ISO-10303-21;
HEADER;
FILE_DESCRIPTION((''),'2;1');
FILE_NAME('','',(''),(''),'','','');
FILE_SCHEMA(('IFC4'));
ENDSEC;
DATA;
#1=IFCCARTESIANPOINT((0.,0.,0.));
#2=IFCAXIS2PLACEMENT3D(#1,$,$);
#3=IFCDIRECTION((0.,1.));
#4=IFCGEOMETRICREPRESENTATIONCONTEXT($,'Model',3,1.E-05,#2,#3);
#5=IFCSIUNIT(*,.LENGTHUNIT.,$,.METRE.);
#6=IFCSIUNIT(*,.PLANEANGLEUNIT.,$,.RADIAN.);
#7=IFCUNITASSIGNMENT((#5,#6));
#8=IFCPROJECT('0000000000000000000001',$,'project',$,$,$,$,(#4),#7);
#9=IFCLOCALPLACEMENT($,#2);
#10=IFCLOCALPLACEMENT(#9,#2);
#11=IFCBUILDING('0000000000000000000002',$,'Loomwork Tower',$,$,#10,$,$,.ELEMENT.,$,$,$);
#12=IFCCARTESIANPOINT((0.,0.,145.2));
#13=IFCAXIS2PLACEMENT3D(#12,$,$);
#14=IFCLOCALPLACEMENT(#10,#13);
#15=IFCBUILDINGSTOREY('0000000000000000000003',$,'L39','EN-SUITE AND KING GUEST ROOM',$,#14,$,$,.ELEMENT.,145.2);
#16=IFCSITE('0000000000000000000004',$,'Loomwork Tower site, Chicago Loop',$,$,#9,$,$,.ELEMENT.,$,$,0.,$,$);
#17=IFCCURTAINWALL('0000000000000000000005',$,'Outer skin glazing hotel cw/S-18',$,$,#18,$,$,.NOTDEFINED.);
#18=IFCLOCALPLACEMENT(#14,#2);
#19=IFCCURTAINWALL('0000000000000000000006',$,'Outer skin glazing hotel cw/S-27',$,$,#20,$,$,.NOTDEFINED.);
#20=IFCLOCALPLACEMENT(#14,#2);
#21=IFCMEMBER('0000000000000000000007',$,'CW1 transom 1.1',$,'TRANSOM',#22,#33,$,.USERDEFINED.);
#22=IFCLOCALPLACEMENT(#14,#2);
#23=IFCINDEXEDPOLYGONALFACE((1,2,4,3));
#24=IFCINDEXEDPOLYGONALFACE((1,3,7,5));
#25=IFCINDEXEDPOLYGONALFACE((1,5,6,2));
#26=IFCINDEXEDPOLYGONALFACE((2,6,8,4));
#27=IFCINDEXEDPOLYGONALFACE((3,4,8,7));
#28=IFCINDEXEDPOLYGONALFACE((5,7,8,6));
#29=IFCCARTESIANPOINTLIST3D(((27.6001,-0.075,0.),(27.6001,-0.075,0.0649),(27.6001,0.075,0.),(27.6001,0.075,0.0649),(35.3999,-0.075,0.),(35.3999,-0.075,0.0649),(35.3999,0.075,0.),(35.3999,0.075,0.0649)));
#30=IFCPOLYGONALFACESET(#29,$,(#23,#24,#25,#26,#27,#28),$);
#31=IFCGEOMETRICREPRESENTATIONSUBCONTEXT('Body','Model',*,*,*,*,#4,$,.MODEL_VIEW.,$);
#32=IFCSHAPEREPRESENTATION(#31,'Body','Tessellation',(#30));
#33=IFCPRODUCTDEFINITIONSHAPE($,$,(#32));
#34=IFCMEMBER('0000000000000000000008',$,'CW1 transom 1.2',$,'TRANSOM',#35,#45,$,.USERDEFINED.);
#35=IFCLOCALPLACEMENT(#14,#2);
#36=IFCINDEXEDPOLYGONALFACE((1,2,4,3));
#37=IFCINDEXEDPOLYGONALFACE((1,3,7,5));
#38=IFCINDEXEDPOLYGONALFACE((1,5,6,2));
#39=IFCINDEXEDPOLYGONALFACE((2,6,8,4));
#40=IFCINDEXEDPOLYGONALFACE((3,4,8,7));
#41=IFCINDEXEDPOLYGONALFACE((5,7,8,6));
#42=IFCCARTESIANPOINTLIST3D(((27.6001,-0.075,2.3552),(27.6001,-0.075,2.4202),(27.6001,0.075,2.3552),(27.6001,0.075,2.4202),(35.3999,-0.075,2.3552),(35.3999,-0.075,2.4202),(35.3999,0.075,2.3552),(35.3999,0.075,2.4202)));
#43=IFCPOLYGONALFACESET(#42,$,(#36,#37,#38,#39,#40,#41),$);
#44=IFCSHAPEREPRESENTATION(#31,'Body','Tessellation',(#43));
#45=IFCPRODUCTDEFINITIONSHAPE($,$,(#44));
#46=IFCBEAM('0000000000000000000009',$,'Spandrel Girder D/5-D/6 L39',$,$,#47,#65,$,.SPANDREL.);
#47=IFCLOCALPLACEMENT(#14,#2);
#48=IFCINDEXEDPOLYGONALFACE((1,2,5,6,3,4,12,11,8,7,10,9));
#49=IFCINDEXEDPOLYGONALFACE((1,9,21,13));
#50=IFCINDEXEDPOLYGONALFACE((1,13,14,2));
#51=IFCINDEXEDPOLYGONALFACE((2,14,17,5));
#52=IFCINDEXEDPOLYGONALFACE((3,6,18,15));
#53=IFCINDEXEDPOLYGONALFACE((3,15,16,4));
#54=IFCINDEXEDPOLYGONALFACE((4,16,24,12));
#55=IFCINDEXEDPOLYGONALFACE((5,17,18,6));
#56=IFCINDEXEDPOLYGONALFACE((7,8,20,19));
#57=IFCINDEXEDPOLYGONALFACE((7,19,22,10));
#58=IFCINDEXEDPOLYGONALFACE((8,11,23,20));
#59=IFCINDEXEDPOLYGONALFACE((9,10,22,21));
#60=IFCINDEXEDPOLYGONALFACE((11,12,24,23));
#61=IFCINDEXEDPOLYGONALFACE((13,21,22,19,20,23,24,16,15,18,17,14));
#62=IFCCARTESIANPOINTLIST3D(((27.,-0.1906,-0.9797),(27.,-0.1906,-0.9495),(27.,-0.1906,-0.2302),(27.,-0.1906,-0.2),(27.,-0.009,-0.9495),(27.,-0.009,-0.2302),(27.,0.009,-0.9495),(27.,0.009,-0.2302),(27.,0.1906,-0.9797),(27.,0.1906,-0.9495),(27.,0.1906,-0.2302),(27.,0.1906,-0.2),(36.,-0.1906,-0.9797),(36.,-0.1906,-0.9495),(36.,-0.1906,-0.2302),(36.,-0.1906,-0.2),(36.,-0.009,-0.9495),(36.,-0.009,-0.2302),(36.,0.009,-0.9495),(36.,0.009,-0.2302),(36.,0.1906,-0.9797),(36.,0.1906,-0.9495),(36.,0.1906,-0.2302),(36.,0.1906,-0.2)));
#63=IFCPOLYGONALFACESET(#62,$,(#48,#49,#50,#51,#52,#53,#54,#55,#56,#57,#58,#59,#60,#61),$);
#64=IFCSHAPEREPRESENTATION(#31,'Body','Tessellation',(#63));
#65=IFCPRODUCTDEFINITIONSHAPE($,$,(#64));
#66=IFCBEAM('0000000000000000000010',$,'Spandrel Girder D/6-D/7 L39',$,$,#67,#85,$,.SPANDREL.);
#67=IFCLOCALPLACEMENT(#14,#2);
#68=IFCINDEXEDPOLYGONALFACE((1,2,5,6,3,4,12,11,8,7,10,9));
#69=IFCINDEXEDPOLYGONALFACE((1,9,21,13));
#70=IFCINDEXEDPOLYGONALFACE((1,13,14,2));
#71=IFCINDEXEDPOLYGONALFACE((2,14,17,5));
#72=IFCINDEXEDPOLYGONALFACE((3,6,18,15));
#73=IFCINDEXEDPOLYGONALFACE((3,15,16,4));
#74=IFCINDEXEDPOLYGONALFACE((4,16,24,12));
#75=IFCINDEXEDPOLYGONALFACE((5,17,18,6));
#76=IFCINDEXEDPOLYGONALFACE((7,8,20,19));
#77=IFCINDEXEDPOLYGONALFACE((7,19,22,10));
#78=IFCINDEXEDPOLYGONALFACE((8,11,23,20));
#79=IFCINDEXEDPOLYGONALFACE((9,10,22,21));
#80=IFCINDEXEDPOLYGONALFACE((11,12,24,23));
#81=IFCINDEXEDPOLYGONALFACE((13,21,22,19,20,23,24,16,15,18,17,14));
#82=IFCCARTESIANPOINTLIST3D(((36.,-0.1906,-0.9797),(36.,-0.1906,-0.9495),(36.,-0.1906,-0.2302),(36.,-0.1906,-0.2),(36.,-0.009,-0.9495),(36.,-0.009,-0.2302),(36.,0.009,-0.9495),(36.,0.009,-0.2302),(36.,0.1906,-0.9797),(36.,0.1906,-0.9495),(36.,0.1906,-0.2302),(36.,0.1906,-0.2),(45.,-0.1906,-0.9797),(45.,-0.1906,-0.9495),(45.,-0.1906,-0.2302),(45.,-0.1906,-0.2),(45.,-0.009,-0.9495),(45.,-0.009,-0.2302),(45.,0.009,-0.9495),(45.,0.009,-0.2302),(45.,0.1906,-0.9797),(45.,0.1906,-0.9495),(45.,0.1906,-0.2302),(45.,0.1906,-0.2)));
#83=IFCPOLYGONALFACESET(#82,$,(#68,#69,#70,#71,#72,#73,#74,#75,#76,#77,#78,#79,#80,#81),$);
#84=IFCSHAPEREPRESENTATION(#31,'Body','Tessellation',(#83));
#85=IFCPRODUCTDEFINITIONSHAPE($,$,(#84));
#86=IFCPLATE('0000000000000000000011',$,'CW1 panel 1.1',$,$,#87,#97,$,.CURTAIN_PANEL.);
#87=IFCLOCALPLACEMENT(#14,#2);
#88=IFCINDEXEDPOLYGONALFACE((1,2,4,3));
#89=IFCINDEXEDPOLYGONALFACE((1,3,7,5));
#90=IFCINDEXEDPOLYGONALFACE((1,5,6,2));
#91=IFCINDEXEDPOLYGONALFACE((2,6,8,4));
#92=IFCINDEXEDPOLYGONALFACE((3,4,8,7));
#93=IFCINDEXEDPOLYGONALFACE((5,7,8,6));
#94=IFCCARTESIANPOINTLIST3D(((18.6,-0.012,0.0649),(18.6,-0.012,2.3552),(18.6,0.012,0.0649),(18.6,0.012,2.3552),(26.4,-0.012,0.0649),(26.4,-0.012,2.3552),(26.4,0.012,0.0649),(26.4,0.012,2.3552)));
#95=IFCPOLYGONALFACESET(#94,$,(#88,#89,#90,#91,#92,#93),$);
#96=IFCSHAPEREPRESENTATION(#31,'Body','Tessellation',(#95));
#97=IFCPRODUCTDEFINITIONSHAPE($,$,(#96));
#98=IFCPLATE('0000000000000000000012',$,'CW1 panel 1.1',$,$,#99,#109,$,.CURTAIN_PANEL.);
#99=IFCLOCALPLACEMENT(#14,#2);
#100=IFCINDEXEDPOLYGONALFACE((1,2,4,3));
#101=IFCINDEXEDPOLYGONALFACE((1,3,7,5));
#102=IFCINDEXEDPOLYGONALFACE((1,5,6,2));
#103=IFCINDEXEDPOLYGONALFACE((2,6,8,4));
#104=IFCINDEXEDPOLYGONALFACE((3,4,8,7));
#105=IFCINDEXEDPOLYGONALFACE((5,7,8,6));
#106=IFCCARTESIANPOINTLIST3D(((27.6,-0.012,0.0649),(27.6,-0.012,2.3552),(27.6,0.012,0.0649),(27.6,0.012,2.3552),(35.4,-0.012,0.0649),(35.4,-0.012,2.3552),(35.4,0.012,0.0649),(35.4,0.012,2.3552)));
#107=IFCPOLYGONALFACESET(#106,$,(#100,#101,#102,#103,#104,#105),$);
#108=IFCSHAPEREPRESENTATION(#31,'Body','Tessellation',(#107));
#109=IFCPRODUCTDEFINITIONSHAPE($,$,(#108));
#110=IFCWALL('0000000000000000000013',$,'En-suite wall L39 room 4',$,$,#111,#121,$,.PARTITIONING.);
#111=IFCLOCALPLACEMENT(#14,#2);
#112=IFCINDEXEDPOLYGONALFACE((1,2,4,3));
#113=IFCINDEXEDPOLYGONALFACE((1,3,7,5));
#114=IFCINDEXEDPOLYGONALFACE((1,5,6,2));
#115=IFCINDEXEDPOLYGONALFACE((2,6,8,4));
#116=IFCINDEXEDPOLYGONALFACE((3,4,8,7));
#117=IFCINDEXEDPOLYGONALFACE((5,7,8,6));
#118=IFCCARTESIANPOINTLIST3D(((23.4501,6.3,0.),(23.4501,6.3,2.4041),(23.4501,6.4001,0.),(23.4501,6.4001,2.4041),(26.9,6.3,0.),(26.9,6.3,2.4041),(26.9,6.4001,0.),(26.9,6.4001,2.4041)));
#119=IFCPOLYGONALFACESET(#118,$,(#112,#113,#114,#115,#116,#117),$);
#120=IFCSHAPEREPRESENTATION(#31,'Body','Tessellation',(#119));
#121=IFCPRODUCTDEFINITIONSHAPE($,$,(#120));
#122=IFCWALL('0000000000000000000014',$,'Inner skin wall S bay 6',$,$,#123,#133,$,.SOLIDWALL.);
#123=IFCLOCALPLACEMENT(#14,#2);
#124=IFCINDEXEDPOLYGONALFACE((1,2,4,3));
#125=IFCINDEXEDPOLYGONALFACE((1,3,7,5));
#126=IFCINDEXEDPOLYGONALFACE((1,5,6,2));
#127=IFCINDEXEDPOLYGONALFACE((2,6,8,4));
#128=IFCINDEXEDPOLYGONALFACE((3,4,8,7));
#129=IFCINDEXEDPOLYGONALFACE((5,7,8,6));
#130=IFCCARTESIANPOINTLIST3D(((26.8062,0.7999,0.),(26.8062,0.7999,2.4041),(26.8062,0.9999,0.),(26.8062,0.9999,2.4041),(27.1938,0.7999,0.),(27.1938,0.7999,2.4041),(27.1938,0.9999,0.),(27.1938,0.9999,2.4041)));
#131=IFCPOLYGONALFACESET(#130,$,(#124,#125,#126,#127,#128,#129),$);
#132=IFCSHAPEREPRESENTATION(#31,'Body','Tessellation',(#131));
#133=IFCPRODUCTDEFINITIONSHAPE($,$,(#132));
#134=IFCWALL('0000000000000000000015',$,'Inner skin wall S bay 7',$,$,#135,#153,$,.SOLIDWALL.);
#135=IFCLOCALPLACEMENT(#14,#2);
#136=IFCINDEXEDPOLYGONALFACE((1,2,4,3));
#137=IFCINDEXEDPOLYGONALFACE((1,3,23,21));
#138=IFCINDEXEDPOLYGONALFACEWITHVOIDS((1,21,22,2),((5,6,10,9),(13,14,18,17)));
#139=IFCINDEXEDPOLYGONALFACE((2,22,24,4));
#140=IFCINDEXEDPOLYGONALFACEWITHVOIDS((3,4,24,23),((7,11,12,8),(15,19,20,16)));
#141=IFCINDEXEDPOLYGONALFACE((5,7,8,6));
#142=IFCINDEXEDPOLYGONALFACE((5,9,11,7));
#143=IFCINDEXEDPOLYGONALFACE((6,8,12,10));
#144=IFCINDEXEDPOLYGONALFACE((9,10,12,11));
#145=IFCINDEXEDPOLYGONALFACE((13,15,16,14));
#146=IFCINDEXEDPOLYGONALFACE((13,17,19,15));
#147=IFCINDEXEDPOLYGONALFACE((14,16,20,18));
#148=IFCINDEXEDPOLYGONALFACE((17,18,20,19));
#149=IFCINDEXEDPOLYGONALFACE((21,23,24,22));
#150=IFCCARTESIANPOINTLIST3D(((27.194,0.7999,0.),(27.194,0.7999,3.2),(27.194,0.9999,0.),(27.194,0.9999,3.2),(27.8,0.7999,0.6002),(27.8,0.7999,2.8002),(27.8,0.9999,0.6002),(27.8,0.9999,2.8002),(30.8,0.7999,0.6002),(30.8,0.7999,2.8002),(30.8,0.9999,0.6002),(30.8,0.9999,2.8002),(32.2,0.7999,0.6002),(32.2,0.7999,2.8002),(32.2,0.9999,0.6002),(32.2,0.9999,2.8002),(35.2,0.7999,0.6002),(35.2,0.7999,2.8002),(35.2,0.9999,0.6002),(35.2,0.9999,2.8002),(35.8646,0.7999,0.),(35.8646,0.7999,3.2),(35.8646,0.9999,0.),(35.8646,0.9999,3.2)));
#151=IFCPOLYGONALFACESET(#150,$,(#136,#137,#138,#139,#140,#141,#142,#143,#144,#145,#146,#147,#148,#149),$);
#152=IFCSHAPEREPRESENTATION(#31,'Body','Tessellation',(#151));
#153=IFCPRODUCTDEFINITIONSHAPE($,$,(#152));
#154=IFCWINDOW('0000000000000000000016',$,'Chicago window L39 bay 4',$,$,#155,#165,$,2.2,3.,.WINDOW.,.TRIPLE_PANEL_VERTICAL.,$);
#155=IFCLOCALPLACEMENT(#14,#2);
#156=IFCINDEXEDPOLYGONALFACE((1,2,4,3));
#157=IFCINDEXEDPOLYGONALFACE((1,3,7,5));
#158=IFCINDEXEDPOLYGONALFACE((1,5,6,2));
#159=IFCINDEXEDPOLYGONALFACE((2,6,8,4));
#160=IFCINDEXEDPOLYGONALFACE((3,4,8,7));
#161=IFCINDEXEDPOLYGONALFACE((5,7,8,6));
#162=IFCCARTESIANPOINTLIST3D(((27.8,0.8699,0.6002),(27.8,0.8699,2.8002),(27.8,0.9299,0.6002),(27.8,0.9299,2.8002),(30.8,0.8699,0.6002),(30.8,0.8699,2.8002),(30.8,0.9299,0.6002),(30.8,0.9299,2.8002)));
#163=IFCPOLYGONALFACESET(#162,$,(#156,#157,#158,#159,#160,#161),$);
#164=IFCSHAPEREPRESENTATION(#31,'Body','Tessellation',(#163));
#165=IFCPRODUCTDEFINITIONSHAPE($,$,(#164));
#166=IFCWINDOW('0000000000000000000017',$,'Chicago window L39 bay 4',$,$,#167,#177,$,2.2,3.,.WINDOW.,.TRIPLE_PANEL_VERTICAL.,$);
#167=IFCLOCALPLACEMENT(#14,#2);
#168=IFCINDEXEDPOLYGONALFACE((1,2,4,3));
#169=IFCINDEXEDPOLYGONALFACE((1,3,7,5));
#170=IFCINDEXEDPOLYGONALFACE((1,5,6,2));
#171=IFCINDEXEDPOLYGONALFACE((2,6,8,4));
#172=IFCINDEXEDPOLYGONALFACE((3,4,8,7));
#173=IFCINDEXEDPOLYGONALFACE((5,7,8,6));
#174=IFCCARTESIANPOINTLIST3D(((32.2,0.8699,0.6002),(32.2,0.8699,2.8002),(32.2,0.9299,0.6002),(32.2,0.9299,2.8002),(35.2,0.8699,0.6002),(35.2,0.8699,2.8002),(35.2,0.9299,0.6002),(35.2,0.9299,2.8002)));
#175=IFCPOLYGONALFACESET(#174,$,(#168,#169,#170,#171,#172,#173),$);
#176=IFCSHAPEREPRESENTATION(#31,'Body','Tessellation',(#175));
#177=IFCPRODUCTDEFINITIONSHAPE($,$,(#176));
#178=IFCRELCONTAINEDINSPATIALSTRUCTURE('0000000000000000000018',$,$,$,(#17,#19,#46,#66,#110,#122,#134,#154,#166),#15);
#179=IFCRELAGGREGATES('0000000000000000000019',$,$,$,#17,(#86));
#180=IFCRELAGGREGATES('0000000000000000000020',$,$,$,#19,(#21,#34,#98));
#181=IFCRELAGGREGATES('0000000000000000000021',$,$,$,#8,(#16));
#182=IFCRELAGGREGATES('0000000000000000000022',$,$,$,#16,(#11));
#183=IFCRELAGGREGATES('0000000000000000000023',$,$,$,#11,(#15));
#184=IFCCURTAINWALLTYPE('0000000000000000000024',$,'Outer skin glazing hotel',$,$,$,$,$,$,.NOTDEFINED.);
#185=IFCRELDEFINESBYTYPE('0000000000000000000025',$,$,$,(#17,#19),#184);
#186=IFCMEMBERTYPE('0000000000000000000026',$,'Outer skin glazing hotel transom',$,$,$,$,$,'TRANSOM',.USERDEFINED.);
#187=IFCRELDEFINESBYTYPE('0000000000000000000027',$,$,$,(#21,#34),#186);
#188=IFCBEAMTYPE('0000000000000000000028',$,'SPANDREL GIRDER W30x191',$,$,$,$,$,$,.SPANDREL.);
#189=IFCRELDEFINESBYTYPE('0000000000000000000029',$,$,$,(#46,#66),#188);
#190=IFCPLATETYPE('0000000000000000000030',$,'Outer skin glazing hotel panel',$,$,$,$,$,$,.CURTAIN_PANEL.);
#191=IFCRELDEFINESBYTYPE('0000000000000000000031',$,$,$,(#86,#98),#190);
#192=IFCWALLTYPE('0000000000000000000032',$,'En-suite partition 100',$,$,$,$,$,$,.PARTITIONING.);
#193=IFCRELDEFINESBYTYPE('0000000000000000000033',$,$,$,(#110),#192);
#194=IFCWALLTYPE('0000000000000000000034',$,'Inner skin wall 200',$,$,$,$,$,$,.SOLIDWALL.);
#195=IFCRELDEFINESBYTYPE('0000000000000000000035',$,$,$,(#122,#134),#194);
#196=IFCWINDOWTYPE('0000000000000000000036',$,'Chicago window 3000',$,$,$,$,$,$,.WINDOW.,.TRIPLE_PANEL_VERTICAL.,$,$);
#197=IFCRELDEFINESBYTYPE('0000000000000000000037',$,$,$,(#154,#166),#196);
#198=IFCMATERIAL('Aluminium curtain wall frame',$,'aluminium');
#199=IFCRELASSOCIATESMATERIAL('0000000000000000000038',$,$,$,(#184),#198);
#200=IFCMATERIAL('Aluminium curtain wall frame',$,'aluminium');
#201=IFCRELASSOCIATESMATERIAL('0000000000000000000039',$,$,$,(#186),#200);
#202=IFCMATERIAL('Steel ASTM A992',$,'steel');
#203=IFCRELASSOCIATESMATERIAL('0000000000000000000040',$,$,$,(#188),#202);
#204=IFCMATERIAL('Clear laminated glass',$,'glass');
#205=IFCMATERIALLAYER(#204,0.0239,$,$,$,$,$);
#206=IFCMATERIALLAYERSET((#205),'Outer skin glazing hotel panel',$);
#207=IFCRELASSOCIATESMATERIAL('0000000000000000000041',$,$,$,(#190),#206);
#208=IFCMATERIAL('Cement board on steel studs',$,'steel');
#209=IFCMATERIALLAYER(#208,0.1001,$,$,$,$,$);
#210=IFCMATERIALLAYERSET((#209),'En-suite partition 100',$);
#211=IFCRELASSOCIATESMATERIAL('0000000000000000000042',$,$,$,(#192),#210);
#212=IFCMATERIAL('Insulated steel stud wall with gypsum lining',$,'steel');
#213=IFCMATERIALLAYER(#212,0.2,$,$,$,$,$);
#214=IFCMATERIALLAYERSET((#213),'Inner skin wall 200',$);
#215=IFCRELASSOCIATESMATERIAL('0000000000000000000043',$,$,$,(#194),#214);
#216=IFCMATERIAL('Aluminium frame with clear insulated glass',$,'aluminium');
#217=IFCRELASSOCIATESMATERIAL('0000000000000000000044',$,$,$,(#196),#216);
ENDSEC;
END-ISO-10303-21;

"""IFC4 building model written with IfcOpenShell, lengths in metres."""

from ifc_helpers import new_model, si_unit, direction, frame, frame_2d, origin, origin_2d, place, context, subcontext, project, spatial, rectangle, i_section, extrude, material, layer, layer_set, material_profile, profile_set, type_object, element, fill, aggregate, save


model = new_model("IFC4")

# Units and contexts
model_context = context("Model", 3, precision=1e-05, world=origin(), true_north=direction((0.0, 1.0)))
body_context = subcontext(model_context, "Body", "Model", "MODEL_VIEW")
ifc_project = project(units=[si_unit("LENGTHUNIT", "METRE"), si_unit("PLANEANGLEUNIT", "RADIAN")], contexts=[model_context])

# Site, building, storey
site_placement = place(None, origin())
site = spatial("IfcSite", under=ifc_project, at=site_placement, Name="Loomwork Tower site, Chicago Loop", CompositionType="ELEMENT", RefElevation=0.0)
building_placement = place(site_placement, origin())
building = spatial("IfcBuilding", under=site, at=building_placement, Name="Loomwork Tower", CompositionType="ELEMENT")
storey_placement = place(building_placement, frame((0.0, 0.0, 145.2)))
storey = spatial("IfcBuildingStorey", under=building, at=storey_placement, Name="L39", Description="EN-SUITE AND KING GUEST ROOM", CompositionType="ELEMENT", Elevation=145.2)

# Curtain walls
ifc_material_1 = material(Name="Aluminium curtain wall frame", Category="aluminium")
curtain_wall_type = type_object("IfcCurtainWallType", Name="Outer skin glazing hotel", PredefinedType="NOTDEFINED", material=ifc_material_1)
curtain_wall_1_placement = place(storey_placement, origin())
curtain_wall_1 = element("IfcCurtainWall", 1, at=curtain_wall_1_placement, inside=storey, type_object=curtain_wall_type, Name="Outer skin glazing hotel cw/S-18", PredefinedType="NOTDEFINED")
curtain_wall_2_placement = place(storey_placement, origin())
curtain_wall_2 = element("IfcCurtainWall", 2, at=curtain_wall_2_placement, inside=storey, type_object=curtain_wall_type, Name="Outer skin glazing hotel cw/S-27", PredefinedType="NOTDEFINED")

# Members
ifc_material_2 = material(Name="Aluminium curtain wall frame", Category="aluminium")
ifc_material_profile_1 = material_profile(ifc_material_2, rectangle(XDim=0.1499, YDim=0.0649, at=origin_2d()), Name="AL 65x150")
ifc_profile_set_1 = profile_set([ifc_material_profile_1], Name="Aluminium curtain wall frame")
member_type_1 = type_object("IfcMemberType", Name="Outer skin glazing hotel transom", ElementType="TRANSOM", PredefinedType="USERDEFINED", material=ifc_profile_set_1)
member_1_placement = place(storey_placement, frame((27.6001, 0.0, 0.0325), z_axis=(1.0, 0.0, 0.0), x_axis=(0.0, 1.0, 0.0)))
member_1 = element("IfcMember", 3, at=member_1_placement, type_object=member_type_1, Name="CW1 transom 1.1", ObjectType="TRANSOM", PredefinedType="USERDEFINED", context=body_context, shape_type="SweptSolid", body=[
    extrude(rectangle(XDim=0.1499, YDim=0.0649, at=origin_2d()), origin(), (0.0, 0.0, 1.0), 7.7998),
])
member_2_placement = place(storey_placement, frame((27.6001, 0.0, 2.3877), z_axis=(1.0, 0.0, 0.0), x_axis=(0.0, 1.0, 0.0)))
member_2 = element("IfcMember", 4, at=member_2_placement, type_object=member_type_1, Name="CW1 transom 1.2", ObjectType="TRANSOM", PredefinedType="USERDEFINED", context=body_context, shape_type="SweptSolid", body=[
    extrude(rectangle(XDim=0.1499, YDim=0.0649, at=origin_2d()), origin(), (0.0, 0.0, 1.0), 7.7998),
])

# Beams
ifc_material_3 = material(Name="Steel ASTM A992", Category="steel")
ifc_material_profile_2 = material_profile(ifc_material_3, i_section(OverallWidth=0.3811, OverallDepth=0.7798, WebThickness=0.0181, FlangeThickness=0.0303, at=origin_2d()), Name="W30x191")
ifc_profile_set_2 = profile_set([ifc_material_profile_2], Name="Steel ASTM A992")
beam_type_1 = type_object("IfcBeamType", Name="SPANDREL GIRDER W30x191", PredefinedType="SPANDREL", material=ifc_profile_set_2)
for number, where, z_axis, x_axis, name in (
    (5, (27.0, 0.0, -0.5898), (1.0, 0.0, 0.0), (0.0, 1.0, 0.0), "Spandrel Girder D/5-D/6 L39"),
    (6, (36.0, 0.0, -0.5898), (1.0, 0.0, 0.0), (0.0, 1.0, 0.0), "Spandrel Girder D/6-D/7 L39"),
):
    element("IfcBeam", number, at=place(storey_placement, frame(where, z_axis=z_axis, x_axis=x_axis)), inside=storey, type_object=beam_type_1, Name=name, PredefinedType="SPANDREL", context=body_context, shape_type="SweptSolid", body=[
        extrude(i_section(OverallWidth=0.3811, OverallDepth=0.7798, WebThickness=0.0181, FlangeThickness=0.0303, at=origin_2d()), origin(), (0.0, 0.0, 1.0), 9.0),
    ])

# Plates
ifc_material_4 = material(Name="Clear laminated glass", Category="glass")
ifc_layer_1 = layer(ifc_material_4, 0.0239)
ifc_layer_set_1 = layer_set([ifc_layer_1], Name="Outer skin glazing hotel panel")
plate_type = type_object("IfcPlateType", Name="Outer skin glazing hotel panel", PredefinedType="CURTAIN_PANEL", material=ifc_layer_set_1)
plate_1_placement = place(storey_placement, frame((22.5, 0.0, 0.0649), z_axis=(0.0, 0.0, 1.0), x_axis=(1.0, 0.0, 0.0)))
plate_1 = element("IfcPlate", 7, at=plate_1_placement, type_object=plate_type, Name="CW1 panel 1.1", PredefinedType="CURTAIN_PANEL", context=body_context, shape_type="SweptSolid", body=[
    extrude(rectangle(XDim=7.8, YDim=0.0239, at=origin_2d()), origin(), (0.0, 0.0, 1.0), 2.2903),
])
aggregate(curtain_wall_1, [plate_1])
plate_2_placement = place(storey_placement, frame((31.5, 0.0, 0.0649), z_axis=(0.0, 0.0, 1.0), x_axis=(1.0, 0.0, 0.0)))
plate_2 = element("IfcPlate", 8, at=plate_2_placement, type_object=plate_type, Name="CW1 panel 1.1", PredefinedType="CURTAIN_PANEL", context=body_context, shape_type="SweptSolid", body=[
    extrude(rectangle(XDim=7.8, YDim=0.0239, at=origin_2d()), origin(), (0.0, 0.0, 1.0), 2.2903),
])
aggregate(curtain_wall_2, [member_1, member_2, plate_2])

# Walls
ifc_material_5 = material(Name="Cement board on steel studs", Category="steel")
ifc_layer_2 = layer(ifc_material_5, 0.1001)
ifc_layer_set_2 = layer_set([ifc_layer_2], Name="En-suite partition 100")
wall_type_1 = type_object("IfcWallType", Name="En-suite partition 100", PredefinedType="PARTITIONING", material=ifc_layer_set_2)
wall_1_placement = place(storey_placement, frame((23.45, 6.3501, 0.0), z_axis=(0.0, 0.0, 1.0), x_axis=(1.0, 0.0, 0.0)))
element("IfcWall", 9, at=wall_1_placement, inside=storey, type_object=wall_type_1, Name="En-suite wall L39 room 4", PredefinedType="PARTITIONING", context=body_context, shape_type="SweptSolid", body=[
    extrude(rectangle(XDim=3.45, YDim=0.1001, at=frame_2d((1.7251, 0.0))), origin(), (0.0, 0.0, 1.0), 2.4041),
])
ifc_material_6 = material(Name="Insulated steel stud wall with gypsum lining", Category="steel")
ifc_layer_3 = layer(ifc_material_6, 0.2)
ifc_layer_set_3 = layer_set([ifc_layer_3], Name="Inner skin wall 200")
wall_type_2 = type_object("IfcWallType", Name="Inner skin wall 200", PredefinedType="SOLIDWALL", material=ifc_layer_set_3)
wall_2_placement = place(storey_placement, frame((26.8062, 0.8999, 0.0), z_axis=(0.0, 0.0, 1.0), x_axis=(1.0, 0.0, 0.0)))
element("IfcWall", 10, at=wall_2_placement, inside=storey, type_object=wall_type_2, Name="Inner skin wall S bay 6", PredefinedType="SOLIDWALL", context=body_context, shape_type="SweptSolid", body=[
    extrude(rectangle(XDim=0.3877, YDim=0.2, at=frame_2d((0.1938, 0.0))), origin(), (0.0, 0.0, 1.0), 2.4041),
])

# Wall, openings, windows
wall_3_placement = place(storey_placement, frame((27.1938, 0.8999, 0.0), z_axis=(0.0, 0.0, 1.0), x_axis=(1.0, 0.0, 0.0)))
wall_3 = element("IfcWall", 11, at=wall_3_placement, inside=storey, type_object=wall_type_2, Name="Inner skin wall S bay 7", PredefinedType="SOLIDWALL", context=body_context, shape_type="SweptSolid", body=[
    extrude(rectangle(XDim=8.6707, YDim=0.2, at=frame_2d((4.3354, 0.0))), origin(), (0.0, 0.0, 1.0), 3.2),
])
opening_1_placement = place(wall_3_placement, frame((0.6062, 0.0, 0.6001)))
opening_1 = element("IfcOpeningElement", 12, at=opening_1_placement, cuts=wall_3, PredefinedType="OPENING", context=body_context, shape_type="SweptSolid", body=[
    extrude(rectangle(XDim=3.0, YDim=2.2, at=frame_2d((1.5, 1.1001))), frame((0.0, 0.1099, 0.0), z_axis=(0.0, -1.0, 0.0), x_axis=(1.0, 0.0, 0.0)), (0.0, 0.0, 1.0), 0.22),
])
opening_2_placement = place(wall_3_placement, frame((5.0061, 0.0, 0.6001)))
opening_2 = element("IfcOpeningElement", 13, at=opening_2_placement, cuts=wall_3, PredefinedType="OPENING", context=body_context, shape_type="SweptSolid", body=[
    extrude(rectangle(XDim=3.0, YDim=2.2, at=frame_2d((1.5, 1.1001))), frame((0.0, 0.1099, 0.0), z_axis=(0.0, -1.0, 0.0), x_axis=(1.0, 0.0, 0.0)), (0.0, 0.0, 1.0), 0.22),
])
ifc_material_7 = material(Name="Aluminium frame with clear insulated glass", Category="aluminium")
window_type = type_object("IfcWindowType", Name="Chicago window 3000", PartitioningType="TRIPLE_PANEL_VERTICAL", PredefinedType="WINDOW", material=ifc_material_7)
window_1_placement = place(opening_1_placement, origin())
window_1 = element("IfcWindow", 14, at=window_1_placement, inside=storey, type_object=window_type, Name="Chicago window L39 bay 4", OverallHeight=2.2, OverallWidth=3.0, PartitioningType="TRIPLE_PANEL_VERTICAL", PredefinedType="WINDOW", context=body_context, shape_type="SweptSolid", body=[
    extrude(rectangle(XDim=3.0, YDim=2.2, at=frame_2d((1.5, 1.1001))), frame((0.0, 0.03, 0.0), z_axis=(0.0, -1.0, 0.0), x_axis=(1.0, 0.0, 0.0)), (0.0, 0.0, 1.0), 0.0601),
])
fill(opening_1, window_1)
window_2_placement = place(opening_2_placement, origin())
window_2 = element("IfcWindow", 15, at=window_2_placement, inside=storey, type_object=window_type, Name="Chicago window L39 bay 4", OverallHeight=2.2, OverallWidth=3.0, PartitioningType="TRIPLE_PANEL_VERTICAL", PredefinedType="WINDOW", context=body_context, shape_type="SweptSolid", body=[
    extrude(rectangle(XDim=3.0, YDim=2.2, at=frame_2d((1.5, 1.1001))), frame((0.0, 0.03, 0.0), z_axis=(0.0, -1.0, 0.0), x_axis=(1.0, 0.0, 0.0)), (0.0, 0.0, 1.0), 0.0601),
])
fill(opening_2, window_2)

save(model, "model.ifc")
